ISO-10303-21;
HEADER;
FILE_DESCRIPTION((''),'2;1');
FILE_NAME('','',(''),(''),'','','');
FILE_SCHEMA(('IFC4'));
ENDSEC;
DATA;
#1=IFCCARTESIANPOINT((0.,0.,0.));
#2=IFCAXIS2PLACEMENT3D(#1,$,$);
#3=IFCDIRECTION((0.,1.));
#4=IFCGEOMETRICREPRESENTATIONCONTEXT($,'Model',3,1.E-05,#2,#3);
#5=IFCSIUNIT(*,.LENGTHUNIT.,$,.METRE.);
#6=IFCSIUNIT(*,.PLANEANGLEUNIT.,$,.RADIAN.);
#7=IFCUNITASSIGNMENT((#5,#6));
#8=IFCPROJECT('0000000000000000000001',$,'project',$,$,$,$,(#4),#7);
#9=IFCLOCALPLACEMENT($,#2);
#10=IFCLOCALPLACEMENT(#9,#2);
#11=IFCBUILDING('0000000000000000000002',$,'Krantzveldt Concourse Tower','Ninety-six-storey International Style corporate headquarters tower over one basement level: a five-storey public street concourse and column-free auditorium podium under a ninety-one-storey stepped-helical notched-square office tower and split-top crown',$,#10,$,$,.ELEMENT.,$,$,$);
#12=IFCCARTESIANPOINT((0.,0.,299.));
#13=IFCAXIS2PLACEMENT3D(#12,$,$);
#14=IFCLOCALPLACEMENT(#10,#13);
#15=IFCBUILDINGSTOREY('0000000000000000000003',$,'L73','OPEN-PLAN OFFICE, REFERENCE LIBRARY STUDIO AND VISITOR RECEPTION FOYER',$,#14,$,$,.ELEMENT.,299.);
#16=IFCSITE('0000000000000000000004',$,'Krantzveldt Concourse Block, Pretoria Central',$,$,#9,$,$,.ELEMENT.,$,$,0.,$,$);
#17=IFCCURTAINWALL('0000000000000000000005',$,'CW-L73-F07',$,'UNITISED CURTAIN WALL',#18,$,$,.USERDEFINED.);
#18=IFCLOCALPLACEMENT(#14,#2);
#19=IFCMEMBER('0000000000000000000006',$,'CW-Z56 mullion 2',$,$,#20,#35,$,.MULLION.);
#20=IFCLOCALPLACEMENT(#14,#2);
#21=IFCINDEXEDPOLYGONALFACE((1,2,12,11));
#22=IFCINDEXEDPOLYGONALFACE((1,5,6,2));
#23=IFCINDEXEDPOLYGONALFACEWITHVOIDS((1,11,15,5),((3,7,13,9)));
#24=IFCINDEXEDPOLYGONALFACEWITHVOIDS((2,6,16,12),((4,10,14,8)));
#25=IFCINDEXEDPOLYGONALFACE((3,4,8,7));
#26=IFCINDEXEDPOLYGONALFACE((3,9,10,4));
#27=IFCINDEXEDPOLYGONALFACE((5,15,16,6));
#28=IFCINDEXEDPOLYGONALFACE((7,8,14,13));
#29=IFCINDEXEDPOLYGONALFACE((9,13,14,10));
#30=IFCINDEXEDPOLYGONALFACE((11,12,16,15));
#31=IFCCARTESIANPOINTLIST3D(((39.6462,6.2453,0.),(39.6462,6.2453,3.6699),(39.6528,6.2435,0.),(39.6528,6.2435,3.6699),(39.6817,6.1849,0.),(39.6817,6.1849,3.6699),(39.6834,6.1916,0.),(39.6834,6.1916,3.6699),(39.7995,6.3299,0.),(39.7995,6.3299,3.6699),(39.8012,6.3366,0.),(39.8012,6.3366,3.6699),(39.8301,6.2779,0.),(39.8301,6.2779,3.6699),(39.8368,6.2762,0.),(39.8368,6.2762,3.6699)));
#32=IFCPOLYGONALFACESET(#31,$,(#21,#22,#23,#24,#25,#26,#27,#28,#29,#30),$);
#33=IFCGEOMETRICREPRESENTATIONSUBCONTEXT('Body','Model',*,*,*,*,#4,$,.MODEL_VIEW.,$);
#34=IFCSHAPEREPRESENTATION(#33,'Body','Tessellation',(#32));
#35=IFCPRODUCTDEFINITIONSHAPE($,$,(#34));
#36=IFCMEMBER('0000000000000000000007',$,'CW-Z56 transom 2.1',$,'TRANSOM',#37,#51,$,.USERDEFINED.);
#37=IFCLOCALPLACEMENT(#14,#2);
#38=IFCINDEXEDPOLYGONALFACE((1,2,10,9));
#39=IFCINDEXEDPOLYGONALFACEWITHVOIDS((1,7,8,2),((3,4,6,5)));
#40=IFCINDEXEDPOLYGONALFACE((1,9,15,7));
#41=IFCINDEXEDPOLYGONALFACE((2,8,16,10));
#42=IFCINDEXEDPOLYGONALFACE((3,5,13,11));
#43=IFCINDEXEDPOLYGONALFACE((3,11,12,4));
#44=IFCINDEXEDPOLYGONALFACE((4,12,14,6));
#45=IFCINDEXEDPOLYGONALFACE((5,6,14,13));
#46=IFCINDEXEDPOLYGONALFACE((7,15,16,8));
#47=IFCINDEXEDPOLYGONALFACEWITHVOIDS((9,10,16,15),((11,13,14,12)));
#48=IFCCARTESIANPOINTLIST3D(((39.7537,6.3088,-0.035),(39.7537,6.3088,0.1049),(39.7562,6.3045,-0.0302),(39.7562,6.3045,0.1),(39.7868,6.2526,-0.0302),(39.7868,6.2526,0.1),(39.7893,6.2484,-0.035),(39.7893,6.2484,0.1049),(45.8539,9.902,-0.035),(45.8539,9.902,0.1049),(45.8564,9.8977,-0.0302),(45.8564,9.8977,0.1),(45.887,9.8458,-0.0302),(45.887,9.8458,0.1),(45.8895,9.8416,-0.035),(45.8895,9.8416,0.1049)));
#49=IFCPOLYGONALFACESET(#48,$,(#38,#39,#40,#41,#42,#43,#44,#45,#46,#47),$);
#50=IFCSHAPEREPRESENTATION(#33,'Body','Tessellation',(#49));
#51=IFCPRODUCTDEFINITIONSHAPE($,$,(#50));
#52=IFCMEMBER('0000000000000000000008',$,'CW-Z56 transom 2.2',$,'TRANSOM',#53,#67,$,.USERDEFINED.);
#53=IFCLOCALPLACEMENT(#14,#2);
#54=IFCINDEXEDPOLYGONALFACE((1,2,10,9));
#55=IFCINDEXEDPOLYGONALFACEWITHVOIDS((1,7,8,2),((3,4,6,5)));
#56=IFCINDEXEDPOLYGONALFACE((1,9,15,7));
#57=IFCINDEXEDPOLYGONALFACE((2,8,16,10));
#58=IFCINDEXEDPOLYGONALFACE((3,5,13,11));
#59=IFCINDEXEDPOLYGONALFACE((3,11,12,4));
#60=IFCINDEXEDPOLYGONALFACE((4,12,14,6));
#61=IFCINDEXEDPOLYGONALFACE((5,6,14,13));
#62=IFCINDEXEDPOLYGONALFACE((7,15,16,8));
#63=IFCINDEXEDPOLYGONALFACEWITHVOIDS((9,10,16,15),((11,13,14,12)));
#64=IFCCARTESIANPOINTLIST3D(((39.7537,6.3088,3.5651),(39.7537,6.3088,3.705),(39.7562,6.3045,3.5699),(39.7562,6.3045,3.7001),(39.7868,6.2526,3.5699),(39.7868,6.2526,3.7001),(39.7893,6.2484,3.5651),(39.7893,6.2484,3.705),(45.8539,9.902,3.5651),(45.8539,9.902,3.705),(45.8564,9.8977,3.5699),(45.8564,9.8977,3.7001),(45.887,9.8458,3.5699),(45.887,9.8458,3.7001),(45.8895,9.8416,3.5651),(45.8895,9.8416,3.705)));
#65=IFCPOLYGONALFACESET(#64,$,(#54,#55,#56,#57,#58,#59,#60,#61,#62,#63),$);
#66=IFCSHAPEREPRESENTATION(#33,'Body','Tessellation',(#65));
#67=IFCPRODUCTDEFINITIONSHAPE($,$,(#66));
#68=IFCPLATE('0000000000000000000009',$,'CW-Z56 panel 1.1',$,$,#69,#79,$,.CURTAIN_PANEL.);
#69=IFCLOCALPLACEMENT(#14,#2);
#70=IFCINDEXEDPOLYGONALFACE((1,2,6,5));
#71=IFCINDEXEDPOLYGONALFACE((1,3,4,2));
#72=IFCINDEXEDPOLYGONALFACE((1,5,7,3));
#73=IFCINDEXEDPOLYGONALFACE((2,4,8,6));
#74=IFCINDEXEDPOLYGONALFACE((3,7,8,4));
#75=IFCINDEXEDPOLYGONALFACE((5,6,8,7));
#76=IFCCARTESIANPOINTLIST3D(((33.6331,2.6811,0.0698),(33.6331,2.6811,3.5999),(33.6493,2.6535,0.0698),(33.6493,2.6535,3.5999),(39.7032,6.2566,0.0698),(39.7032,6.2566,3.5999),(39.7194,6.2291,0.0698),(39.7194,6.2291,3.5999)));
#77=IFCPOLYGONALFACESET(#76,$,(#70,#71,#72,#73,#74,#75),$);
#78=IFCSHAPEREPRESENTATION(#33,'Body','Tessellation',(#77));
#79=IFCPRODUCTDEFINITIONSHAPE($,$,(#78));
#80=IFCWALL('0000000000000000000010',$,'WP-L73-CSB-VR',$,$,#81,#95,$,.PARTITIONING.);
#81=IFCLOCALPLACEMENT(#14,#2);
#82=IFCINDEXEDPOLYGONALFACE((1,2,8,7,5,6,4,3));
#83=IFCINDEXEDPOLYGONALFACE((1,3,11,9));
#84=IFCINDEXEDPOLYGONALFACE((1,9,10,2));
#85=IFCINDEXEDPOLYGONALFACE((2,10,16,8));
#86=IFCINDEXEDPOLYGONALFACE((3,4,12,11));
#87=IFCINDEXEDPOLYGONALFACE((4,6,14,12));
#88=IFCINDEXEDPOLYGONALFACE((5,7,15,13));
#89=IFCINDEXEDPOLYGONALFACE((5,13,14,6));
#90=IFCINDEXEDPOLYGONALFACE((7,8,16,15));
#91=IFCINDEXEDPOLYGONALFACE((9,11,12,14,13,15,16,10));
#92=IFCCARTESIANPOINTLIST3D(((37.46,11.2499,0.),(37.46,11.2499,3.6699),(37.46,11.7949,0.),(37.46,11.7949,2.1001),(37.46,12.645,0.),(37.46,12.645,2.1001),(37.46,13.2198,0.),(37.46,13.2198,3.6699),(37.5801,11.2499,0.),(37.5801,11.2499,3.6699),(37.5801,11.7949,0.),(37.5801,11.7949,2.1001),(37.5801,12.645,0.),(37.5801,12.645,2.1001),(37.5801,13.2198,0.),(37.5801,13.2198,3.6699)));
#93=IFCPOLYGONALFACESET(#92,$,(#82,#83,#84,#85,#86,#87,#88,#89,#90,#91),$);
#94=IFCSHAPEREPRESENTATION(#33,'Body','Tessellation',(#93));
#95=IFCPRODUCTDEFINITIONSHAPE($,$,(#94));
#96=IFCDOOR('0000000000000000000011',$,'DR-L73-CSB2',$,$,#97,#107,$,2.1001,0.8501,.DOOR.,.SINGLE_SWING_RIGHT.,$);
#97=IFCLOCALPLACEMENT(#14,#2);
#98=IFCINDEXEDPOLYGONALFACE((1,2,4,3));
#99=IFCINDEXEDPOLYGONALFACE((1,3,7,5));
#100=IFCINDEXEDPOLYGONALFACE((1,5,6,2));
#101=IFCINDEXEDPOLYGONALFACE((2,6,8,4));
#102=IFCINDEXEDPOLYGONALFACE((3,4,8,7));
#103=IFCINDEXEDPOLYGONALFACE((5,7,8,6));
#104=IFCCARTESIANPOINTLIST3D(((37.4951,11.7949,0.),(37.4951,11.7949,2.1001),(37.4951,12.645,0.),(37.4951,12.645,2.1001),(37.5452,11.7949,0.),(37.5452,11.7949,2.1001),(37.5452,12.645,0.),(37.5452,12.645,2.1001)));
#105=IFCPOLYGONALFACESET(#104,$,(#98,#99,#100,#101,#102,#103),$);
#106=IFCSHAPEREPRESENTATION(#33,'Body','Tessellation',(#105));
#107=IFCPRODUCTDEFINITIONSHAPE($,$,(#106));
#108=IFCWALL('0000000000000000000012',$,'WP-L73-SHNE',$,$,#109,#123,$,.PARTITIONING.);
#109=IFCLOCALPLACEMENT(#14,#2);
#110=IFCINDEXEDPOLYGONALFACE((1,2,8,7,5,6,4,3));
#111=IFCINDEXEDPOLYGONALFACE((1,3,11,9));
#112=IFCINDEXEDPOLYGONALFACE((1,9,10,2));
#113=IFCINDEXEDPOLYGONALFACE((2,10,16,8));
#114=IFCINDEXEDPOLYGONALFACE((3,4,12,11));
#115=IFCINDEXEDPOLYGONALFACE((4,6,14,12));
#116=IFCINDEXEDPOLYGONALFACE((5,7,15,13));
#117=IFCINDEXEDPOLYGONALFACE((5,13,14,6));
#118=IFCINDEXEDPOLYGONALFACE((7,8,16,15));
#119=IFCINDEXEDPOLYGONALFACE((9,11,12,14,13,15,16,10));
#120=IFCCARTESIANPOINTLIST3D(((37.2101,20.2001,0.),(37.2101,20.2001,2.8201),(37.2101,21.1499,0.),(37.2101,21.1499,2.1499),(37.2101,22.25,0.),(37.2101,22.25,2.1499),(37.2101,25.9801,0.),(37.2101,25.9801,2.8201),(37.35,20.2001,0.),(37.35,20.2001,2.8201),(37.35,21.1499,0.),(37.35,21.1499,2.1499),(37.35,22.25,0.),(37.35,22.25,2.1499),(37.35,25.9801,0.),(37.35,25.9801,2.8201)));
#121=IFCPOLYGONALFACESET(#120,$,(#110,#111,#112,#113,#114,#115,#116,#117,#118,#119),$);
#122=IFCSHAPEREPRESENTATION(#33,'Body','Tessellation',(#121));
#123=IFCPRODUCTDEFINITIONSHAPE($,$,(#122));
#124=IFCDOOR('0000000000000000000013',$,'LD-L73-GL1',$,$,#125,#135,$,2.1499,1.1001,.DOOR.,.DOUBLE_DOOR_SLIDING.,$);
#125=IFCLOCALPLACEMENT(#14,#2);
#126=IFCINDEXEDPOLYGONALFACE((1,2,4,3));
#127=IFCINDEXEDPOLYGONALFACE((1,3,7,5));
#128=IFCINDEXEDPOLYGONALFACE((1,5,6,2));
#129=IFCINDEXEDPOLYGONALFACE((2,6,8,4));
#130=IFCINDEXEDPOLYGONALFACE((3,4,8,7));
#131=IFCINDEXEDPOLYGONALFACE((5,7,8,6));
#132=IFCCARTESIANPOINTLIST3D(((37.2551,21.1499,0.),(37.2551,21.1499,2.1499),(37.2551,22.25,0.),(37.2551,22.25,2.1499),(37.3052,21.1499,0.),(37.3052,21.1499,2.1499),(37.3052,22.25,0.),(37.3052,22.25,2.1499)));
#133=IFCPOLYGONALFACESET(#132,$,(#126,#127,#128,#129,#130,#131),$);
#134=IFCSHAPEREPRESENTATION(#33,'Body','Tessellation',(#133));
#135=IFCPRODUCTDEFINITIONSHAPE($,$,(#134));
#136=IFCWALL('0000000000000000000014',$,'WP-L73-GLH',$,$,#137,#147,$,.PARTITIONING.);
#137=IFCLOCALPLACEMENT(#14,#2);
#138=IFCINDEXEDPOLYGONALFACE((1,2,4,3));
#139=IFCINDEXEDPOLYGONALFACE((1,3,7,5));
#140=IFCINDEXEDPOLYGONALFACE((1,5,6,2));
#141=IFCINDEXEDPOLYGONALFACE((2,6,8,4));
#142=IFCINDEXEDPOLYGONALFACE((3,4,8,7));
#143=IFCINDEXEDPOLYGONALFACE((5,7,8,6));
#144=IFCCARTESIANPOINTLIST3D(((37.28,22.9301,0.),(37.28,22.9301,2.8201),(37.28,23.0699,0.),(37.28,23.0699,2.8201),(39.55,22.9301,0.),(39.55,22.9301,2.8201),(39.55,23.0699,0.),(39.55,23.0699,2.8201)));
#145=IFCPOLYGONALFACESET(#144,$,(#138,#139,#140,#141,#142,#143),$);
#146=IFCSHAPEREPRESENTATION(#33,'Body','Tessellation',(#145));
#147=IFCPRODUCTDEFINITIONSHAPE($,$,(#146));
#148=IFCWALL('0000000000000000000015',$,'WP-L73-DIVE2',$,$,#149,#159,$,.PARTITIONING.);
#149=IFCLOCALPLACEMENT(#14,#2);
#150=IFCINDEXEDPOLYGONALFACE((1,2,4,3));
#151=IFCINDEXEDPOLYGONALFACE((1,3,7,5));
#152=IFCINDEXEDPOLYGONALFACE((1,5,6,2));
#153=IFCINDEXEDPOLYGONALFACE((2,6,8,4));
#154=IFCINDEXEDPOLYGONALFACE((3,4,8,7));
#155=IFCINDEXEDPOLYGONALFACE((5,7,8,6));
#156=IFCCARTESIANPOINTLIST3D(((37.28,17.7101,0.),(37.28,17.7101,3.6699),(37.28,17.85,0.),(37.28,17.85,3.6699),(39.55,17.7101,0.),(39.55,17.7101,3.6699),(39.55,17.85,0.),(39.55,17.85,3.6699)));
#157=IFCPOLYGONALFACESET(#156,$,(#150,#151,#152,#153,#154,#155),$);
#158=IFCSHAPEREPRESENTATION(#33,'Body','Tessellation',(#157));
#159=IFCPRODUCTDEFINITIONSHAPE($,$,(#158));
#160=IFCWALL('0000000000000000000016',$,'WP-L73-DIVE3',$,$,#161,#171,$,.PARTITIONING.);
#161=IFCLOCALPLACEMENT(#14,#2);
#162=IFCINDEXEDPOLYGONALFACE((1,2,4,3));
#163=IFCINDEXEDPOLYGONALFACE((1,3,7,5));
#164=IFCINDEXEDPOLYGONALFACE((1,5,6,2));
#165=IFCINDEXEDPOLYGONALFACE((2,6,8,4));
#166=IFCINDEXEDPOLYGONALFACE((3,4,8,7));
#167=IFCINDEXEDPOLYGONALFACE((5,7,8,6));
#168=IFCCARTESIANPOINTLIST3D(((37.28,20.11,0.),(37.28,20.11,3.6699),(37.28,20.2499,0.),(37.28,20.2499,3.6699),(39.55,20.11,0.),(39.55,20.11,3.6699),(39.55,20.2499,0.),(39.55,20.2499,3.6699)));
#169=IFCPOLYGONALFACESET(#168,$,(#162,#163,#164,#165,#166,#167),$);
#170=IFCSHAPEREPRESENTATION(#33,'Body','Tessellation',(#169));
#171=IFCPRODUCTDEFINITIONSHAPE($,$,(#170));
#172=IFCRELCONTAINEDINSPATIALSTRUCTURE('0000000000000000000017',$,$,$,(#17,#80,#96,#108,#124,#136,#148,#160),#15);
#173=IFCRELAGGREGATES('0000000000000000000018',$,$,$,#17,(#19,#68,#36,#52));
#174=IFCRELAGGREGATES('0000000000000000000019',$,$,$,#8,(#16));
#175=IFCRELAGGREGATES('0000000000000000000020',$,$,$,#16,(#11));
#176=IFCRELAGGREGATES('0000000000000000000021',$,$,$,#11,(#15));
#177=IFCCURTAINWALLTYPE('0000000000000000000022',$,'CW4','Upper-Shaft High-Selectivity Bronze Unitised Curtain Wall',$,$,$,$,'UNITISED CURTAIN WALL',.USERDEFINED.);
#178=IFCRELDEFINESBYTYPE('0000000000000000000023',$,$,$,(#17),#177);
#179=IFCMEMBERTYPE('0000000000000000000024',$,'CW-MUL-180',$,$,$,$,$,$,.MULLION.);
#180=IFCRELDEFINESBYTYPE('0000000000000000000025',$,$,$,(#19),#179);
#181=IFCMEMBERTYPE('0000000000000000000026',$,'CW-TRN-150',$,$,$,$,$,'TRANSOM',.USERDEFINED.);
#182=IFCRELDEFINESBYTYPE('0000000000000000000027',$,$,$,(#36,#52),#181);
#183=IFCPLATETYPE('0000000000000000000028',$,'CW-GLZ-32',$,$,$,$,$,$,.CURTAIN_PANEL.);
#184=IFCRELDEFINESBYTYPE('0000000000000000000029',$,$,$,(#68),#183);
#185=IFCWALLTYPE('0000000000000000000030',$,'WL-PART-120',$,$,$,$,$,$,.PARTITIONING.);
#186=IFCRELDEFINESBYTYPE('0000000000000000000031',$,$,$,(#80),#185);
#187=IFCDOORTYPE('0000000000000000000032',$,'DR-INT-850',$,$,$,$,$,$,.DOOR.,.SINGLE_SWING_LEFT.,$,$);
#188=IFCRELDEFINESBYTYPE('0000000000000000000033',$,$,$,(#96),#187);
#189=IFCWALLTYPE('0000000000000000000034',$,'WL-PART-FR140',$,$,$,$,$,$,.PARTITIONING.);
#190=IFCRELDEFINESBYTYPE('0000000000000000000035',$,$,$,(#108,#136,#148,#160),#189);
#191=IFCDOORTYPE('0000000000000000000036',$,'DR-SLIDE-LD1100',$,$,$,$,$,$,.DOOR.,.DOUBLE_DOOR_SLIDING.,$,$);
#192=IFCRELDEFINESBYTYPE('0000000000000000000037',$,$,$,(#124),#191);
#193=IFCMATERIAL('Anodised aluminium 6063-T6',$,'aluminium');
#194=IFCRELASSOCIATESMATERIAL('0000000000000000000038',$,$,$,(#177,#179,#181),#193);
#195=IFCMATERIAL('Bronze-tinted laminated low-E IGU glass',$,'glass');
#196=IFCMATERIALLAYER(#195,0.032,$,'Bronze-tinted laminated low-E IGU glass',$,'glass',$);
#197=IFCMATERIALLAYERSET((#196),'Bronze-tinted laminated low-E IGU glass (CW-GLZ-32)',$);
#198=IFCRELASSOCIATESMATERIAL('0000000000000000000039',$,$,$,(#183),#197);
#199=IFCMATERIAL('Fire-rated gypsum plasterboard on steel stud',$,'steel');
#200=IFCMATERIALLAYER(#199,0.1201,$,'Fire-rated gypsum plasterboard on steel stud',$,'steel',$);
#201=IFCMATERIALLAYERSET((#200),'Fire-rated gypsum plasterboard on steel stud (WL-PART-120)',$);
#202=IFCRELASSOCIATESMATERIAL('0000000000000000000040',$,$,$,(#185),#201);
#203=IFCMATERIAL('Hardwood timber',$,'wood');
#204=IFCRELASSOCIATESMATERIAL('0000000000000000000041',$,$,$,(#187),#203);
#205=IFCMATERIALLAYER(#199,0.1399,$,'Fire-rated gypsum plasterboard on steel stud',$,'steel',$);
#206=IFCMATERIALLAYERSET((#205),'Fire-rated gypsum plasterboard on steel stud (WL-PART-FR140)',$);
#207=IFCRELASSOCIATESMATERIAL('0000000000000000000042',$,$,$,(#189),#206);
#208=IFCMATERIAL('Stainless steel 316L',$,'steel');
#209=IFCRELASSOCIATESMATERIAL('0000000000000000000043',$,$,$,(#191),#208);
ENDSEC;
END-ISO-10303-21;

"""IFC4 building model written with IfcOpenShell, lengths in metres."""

from ifc_helpers import new_model, si_unit, direction, frame, frame_2d, origin, origin_2d, place, context, subcontext, project, spatial, rectangle, hollow_rectangle, extrude, source, transform, mapped, material, layer, layer_set, material_profile, profile_set, type_object, type_shapes, element, fill, aggregate, save


model = new_model("IFC4")

# Units and contexts
model_context = context("Model", 3, precision=1e-05, world=origin(), true_north=direction((0.0, 1.0)))
body_context = subcontext(model_context, "Body", "Model", "MODEL_VIEW")
ifc_project = project(units=[si_unit("LENGTHUNIT", "METRE"), si_unit("PLANEANGLEUNIT", "RADIAN")], contexts=[model_context])

# Site, building, storey
site_placement = place(None, origin())
site = spatial("IfcSite", under=ifc_project, at=site_placement, Name="Krantzveldt Concourse Block, Pretoria Central", CompositionType="ELEMENT", RefElevation=0.0)
building_placement = place(site_placement, origin())
building = spatial("IfcBuilding", under=site, at=building_placement, Name="Krantzveldt Concourse Tower", Description="Ninety-six-storey International Style corporate headquarters tower over one basement level: a five-storey public street concourse and column-free auditorium podium under a ninety-one-storey stepped-helical notched-square office tower and split-top crown", CompositionType="ELEMENT")
storey_placement = place(building_placement, frame((0.0, 0.0, 299.0)))
storey = spatial("IfcBuildingStorey", under=building, at=storey_placement, Name="L73", Description="OPEN-PLAN OFFICE, REFERENCE LIBRARY STUDIO AND VISITOR RECEPTION FOYER", CompositionType="ELEMENT", Elevation=299.0)

# Curtain wall, members, plate
ifc_material_1 = material(Name="Anodised aluminium 6063-T6", Category="aluminium")
curtain_wall_type = type_object("IfcCurtainWallType", Name="CW4", Description="Upper-Shaft High-Selectivity Bronze Unitised Curtain Wall", ElementType="UNITISED CURTAIN WALL", PredefinedType="USERDEFINED", material=ifc_material_1)
curtain_wall_placement = place(storey_placement, origin())
curtain_wall = element("IfcCurtainWall", 1, at=curtain_wall_placement, inside=storey, type_object=curtain_wall_type, Name="CW-L73-F07", ObjectType="UNITISED CURTAIN WALL", PredefinedType="USERDEFINED")
ifc_material_profile_1 = material_profile(ifc_material_1, hollow_rectangle(XDim=0.0701, YDim=0.1799, WallThickness=0.0049, at=origin_2d()), Name="Anodised aluminium 6063-T6", Category="aluminium")
ifc_profile_set_1 = profile_set([ifc_material_profile_1], Name="Anodised aluminium 6063-T6 - ALU-MULL 180x70x5")
member_type_1 = type_object("IfcMemberType", Name="CW-MUL-180", PredefinedType="MULLION", material=ifc_profile_set_1)
shared_shape_1 = source(origin(), body_context, "Body", "SweptSolid", [
    extrude(hollow_rectangle(XDim=0.0701, YDim=0.1799, WallThickness=0.0049, at=origin_2d()), origin(), (0.0, 0.0, 1.0), 3.6699),
])
type_shapes(member_type_1, [shared_shape_1])
member_1_placement = place(storey_placement, frame((39.7415, 6.2607, 0.0), z_axis=(0.0, 0.0, 1.0), x_axis=(-0.507538, 0.861629, 0.0)))
member_1 = element("IfcMember", 2, at=member_1_placement, type_object=member_type_1, Name="CW-Z56 mullion 2", PredefinedType="MULLION", context=body_context, shape_type="MappedRepresentation", body=[
    mapped(shared_shape_1, transform((0.0, 0.0, 0.0), x_axis=(1.0, 0.0, 0.0), y_axis=(0.0, 1.0, 0.0), z_axis=(0.0, 0.0, 1.0), scale=1.0)),
])
ifc_material_profile_2 = material_profile(ifc_material_1, hollow_rectangle(XDim=0.0701, YDim=0.1399, WallThickness=0.0049, at=origin_2d()), Name="Anodised aluminium 6063-T6", Category="aluminium")
ifc_profile_set_2 = profile_set([ifc_material_profile_2], Name="Anodised aluminium 6063-T6 - ALU-TRAN 140x70x5")
member_type_2 = type_object("IfcMemberType", Name="CW-TRN-150", ElementType="TRANSOM", PredefinedType="USERDEFINED", material=ifc_profile_set_2)
shared_shape_2 = source(origin(), body_context, "Body", "SweptSolid", [
    extrude(hollow_rectangle(XDim=0.0701, YDim=0.1399, WallThickness=0.0049, at=origin_2d()), origin(), (0.0, 0.0, 1.0), 7.0798),
])
type_shapes(member_type_2, [shared_shape_2])
member_2_placement = place(storey_placement, frame((39.7715, 6.2786, 0.0349), z_axis=(0.861636, 0.507526, 0.0), x_axis=(-0.507526, 0.861636, 0.0)))
member_2 = element("IfcMember", 3, at=member_2_placement, type_object=member_type_2, Name="CW-Z56 transom 2.1", ObjectType="TRANSOM", PredefinedType="USERDEFINED", context=body_context, shape_type="MappedRepresentation", body=[
    mapped(shared_shape_2, transform((0.0, 0.0, 0.0), x_axis=(1.0, 0.0, 0.0), y_axis=(0.0, 1.0, 0.0), z_axis=(0.0, 0.0, 1.0), scale=1.0)),
])
member_3_placement = place(storey_placement, frame((39.7715, 6.2786, 3.635), z_axis=(0.861636, 0.507526, 0.0), x_axis=(-0.507526, 0.861636, 0.0)))
member_3 = element("IfcMember", 4, at=member_3_placement, type_object=member_type_2, Name="CW-Z56 transom 2.2", ObjectType="TRANSOM", PredefinedType="USERDEFINED", context=body_context, shape_type="MappedRepresentation", body=[
    mapped(shared_shape_2, transform((0.0, 0.0, 0.0), x_axis=(1.0, 0.0, 0.0), y_axis=(0.0, 1.0, 0.0), z_axis=(0.0, 0.0, 1.0), scale=1.0)),
])
ifc_material_2 = material(Name="Bronze-tinted laminated low-E IGU glass", Category="glass")
ifc_layer_1 = layer(ifc_material_2, 0.032, Name="Bronze-tinted laminated low-E IGU glass", Category="glass")
ifc_layer_set_1 = layer_set([ifc_layer_1], Name="Bronze-tinted laminated low-E IGU glass (CW-GLZ-32)")
plate_type = type_object("IfcPlateType", Name="CW-GLZ-32", PredefinedType="CURTAIN_PANEL", material=ifc_layer_set_1)
shared_shape_3 = source(origin(), body_context, "Body", "SweptSolid", [
    extrude(rectangle(XDim=7.0449, YDim=0.032, at=origin_2d()), origin(), (0.0, 0.0, 1.0), 3.53),
])
type_shapes(plate_type, [shared_shape_3])
plate_placement = place(storey_placement, frame((36.6763, 4.4551, 0.0698), z_axis=(0.0, 0.0, 1.0), x_axis=(0.861629, 0.507538, 0.0)))
plate = element("IfcPlate", 5, at=plate_placement, type_object=plate_type, Name="CW-Z56 panel 1.1", PredefinedType="CURTAIN_PANEL", context=body_context, shape_type="MappedRepresentation", body=[
    mapped(shared_shape_3, transform((0.0, 0.0, 0.0), x_axis=(1.0, 0.0, 0.0), y_axis=(0.0, 1.0, 0.0), z_axis=(0.0, 0.0, 1.0), scale=1.0)),
])
aggregate(curtain_wall, [member_1, plate, member_2, member_3])

# Walls, openings, doors
ifc_material_3 = material(Name="Fire-rated gypsum plasterboard on steel stud", Category="steel")
ifc_layer_2 = layer(ifc_material_3, 0.1201, Name="Fire-rated gypsum plasterboard on steel stud", Category="steel")
ifc_layer_set_2 = layer_set([ifc_layer_2], Name="Fire-rated gypsum plasterboard on steel stud (WL-PART-120)")
wall_type_1 = type_object("IfcWallType", Name="WL-PART-120", PredefinedType="PARTITIONING", material=ifc_layer_set_2)
wall_1_placement = place(storey_placement, frame((37.52, 11.25, 0.0), z_axis=(0.0, 0.0, 1.0), x_axis=(0.0, 1.0, 0.0)))
wall_1 = element("IfcWall", 6, at=wall_1_placement, inside=storey, type_object=wall_type_1, Name="WP-L73-CSB-VR", PredefinedType="PARTITIONING", context=body_context, shape_type="SweptSolid", body=[
    extrude(rectangle(XDim=1.97, YDim=0.1201, at=frame_2d((0.9849, 0.0))), origin(), (0.0, 0.0, 1.0), 3.6699),
])
opening_1_placement = place(wall_1_placement, frame((0.5449, 0.0, 0.0)))
opening_1 = element("IfcOpeningElement", 7, at=opening_1_placement, cuts=wall_1, PredefinedType="OPENING", context=body_context, shape_type="SweptSolid", body=[
    extrude(rectangle(XDim=0.8501, YDim=2.1001, at=frame_2d((0.425, 1.05))), frame((0.0, 0.0701, 0.0), z_axis=(0.0, -1.0, 0.0), x_axis=(1.0, 0.0, 0.0)), (0.0, 0.0, 1.0), 0.1401),
])
ifc_material_4 = material(Name="Hardwood timber", Category="wood")
door_type_1 = type_object("IfcDoorType", Name="DR-INT-850", OperationType="SINGLE_SWING_LEFT", PredefinedType="DOOR", material=ifc_material_4)
door_1_placement = place(opening_1_placement, origin())
door_1 = element("IfcDoor", 8, at=door_1_placement, inside=storey, type_object=door_type_1, Name="DR-L73-CSB2", OperationType="SINGLE_SWING_RIGHT", OverallHeight=2.1001, OverallWidth=0.8501, PredefinedType="DOOR", context=body_context, shape_type="SweptSolid", body=[
    extrude(rectangle(XDim=0.8501, YDim=2.1001, at=frame_2d((0.425, 1.05))), frame((0.0, 0.0249, 0.0), z_axis=(0.0, -1.0, 0.0), x_axis=(1.0, 0.0, 0.0)), (0.0, 0.0, 1.0), 0.05),
])
fill(opening_1, door_1)
ifc_layer_3 = layer(ifc_material_3, 0.1399, Name="Fire-rated gypsum plasterboard on steel stud", Category="steel")
ifc_layer_set_3 = layer_set([ifc_layer_3], Name="Fire-rated gypsum plasterboard on steel stud (WL-PART-FR140)")
wall_type_2 = type_object("IfcWallType", Name="WL-PART-FR140", PredefinedType="PARTITIONING", material=ifc_layer_set_3)
wall_2_placement = place(storey_placement, frame((37.28, 20.2, 0.0), z_axis=(0.0, 0.0, 1.0), x_axis=(0.0, 1.0, 0.0)))
wall_2 = element("IfcWall", 9, at=wall_2_placement, inside=storey, type_object=wall_type_2, Name="WP-L73-SHNE", PredefinedType="PARTITIONING", context=body_context, shape_type="SweptSolid", body=[
    extrude(rectangle(XDim=5.78, YDim=0.1399, at=frame_2d((2.8901, 0.0))), origin(), (0.0, 0.0, 1.0), 2.8201),
])
opening_2_placement = place(wall_2_placement, frame((0.95, 0.0, 0.0)))
opening_2 = element("IfcOpeningElement", 10, at=opening_2_placement, cuts=wall_2, PredefinedType="OPENING", context=body_context, shape_type="SweptSolid", body=[
    extrude(rectangle(XDim=1.1001, YDim=2.1499, at=frame_2d((0.55, 1.075))), frame((0.0, 0.0801, 0.0), z_axis=(0.0, -1.0, 0.0), x_axis=(1.0, 0.0, 0.0)), (0.0, 0.0, 1.0), 0.1599),
])
ifc_material_5 = material(Name="Stainless steel 316L", Category="steel")
door_type_2 = type_object("IfcDoorType", Name="DR-SLIDE-LD1100", OperationType="DOUBLE_DOOR_SLIDING", PredefinedType="DOOR", material=ifc_material_5)
door_2_placement = place(opening_2_placement, origin())
door_2 = element("IfcDoor", 11, at=door_2_placement, inside=storey, type_object=door_type_2, Name="LD-L73-GL1", OperationType="DOUBLE_DOOR_SLIDING", OverallHeight=2.1499, OverallWidth=1.1001, PredefinedType="DOOR", context=body_context, shape_type="SweptSolid", body=[
    extrude(rectangle(XDim=1.1001, YDim=2.1499, at=frame_2d((0.55, 1.075))), frame((0.0, 0.0249, 0.0), z_axis=(0.0, -1.0, 0.0), x_axis=(1.0, 0.0, 0.0)), (0.0, 0.0, 1.0), 0.05),
])
fill(opening_2, door_2)

# Wall
wall_3_placement = place(storey_placement, frame((37.28, 23.0, 0.0), z_axis=(0.0, 0.0, 1.0), x_axis=(1.0, 0.0, 0.0)))
element("IfcWall", 12, at=wall_3_placement, inside=storey, type_object=wall_type_2, Name="WP-L73-GLH", PredefinedType="PARTITIONING", context=body_context, shape_type="SweptSolid", body=[
    extrude(rectangle(XDim=2.27, YDim=0.1399, at=frame_2d((1.135, 0.0))), origin(), (0.0, 0.0, 1.0), 2.8201),
])

# Walls
for number, where, z_axis, x_axis, name in (
    (13, (37.28, 17.78, 0.0), (0.0, 0.0, 1.0), (1.0, 0.0, 0.0), "WP-L73-DIVE2"),
    (14, (37.28, 20.1799, 0.0), (0.0, 0.0, 1.0), (1.0, 0.0, 0.0), "WP-L73-DIVE3"),
):
    element("IfcWall", number, at=place(storey_placement, frame(where, z_axis=z_axis, x_axis=x_axis)), inside=storey, type_object=wall_type_2, Name=name, PredefinedType="PARTITIONING", context=body_context, shape_type="SweptSolid", body=[
        extrude(rectangle(XDim=2.27, YDim=0.1399, at=frame_2d((1.135, 0.0))), origin(), (0.0, 0.0, 1.0), 3.6699),
    ])

save(model, "model.ifc")
